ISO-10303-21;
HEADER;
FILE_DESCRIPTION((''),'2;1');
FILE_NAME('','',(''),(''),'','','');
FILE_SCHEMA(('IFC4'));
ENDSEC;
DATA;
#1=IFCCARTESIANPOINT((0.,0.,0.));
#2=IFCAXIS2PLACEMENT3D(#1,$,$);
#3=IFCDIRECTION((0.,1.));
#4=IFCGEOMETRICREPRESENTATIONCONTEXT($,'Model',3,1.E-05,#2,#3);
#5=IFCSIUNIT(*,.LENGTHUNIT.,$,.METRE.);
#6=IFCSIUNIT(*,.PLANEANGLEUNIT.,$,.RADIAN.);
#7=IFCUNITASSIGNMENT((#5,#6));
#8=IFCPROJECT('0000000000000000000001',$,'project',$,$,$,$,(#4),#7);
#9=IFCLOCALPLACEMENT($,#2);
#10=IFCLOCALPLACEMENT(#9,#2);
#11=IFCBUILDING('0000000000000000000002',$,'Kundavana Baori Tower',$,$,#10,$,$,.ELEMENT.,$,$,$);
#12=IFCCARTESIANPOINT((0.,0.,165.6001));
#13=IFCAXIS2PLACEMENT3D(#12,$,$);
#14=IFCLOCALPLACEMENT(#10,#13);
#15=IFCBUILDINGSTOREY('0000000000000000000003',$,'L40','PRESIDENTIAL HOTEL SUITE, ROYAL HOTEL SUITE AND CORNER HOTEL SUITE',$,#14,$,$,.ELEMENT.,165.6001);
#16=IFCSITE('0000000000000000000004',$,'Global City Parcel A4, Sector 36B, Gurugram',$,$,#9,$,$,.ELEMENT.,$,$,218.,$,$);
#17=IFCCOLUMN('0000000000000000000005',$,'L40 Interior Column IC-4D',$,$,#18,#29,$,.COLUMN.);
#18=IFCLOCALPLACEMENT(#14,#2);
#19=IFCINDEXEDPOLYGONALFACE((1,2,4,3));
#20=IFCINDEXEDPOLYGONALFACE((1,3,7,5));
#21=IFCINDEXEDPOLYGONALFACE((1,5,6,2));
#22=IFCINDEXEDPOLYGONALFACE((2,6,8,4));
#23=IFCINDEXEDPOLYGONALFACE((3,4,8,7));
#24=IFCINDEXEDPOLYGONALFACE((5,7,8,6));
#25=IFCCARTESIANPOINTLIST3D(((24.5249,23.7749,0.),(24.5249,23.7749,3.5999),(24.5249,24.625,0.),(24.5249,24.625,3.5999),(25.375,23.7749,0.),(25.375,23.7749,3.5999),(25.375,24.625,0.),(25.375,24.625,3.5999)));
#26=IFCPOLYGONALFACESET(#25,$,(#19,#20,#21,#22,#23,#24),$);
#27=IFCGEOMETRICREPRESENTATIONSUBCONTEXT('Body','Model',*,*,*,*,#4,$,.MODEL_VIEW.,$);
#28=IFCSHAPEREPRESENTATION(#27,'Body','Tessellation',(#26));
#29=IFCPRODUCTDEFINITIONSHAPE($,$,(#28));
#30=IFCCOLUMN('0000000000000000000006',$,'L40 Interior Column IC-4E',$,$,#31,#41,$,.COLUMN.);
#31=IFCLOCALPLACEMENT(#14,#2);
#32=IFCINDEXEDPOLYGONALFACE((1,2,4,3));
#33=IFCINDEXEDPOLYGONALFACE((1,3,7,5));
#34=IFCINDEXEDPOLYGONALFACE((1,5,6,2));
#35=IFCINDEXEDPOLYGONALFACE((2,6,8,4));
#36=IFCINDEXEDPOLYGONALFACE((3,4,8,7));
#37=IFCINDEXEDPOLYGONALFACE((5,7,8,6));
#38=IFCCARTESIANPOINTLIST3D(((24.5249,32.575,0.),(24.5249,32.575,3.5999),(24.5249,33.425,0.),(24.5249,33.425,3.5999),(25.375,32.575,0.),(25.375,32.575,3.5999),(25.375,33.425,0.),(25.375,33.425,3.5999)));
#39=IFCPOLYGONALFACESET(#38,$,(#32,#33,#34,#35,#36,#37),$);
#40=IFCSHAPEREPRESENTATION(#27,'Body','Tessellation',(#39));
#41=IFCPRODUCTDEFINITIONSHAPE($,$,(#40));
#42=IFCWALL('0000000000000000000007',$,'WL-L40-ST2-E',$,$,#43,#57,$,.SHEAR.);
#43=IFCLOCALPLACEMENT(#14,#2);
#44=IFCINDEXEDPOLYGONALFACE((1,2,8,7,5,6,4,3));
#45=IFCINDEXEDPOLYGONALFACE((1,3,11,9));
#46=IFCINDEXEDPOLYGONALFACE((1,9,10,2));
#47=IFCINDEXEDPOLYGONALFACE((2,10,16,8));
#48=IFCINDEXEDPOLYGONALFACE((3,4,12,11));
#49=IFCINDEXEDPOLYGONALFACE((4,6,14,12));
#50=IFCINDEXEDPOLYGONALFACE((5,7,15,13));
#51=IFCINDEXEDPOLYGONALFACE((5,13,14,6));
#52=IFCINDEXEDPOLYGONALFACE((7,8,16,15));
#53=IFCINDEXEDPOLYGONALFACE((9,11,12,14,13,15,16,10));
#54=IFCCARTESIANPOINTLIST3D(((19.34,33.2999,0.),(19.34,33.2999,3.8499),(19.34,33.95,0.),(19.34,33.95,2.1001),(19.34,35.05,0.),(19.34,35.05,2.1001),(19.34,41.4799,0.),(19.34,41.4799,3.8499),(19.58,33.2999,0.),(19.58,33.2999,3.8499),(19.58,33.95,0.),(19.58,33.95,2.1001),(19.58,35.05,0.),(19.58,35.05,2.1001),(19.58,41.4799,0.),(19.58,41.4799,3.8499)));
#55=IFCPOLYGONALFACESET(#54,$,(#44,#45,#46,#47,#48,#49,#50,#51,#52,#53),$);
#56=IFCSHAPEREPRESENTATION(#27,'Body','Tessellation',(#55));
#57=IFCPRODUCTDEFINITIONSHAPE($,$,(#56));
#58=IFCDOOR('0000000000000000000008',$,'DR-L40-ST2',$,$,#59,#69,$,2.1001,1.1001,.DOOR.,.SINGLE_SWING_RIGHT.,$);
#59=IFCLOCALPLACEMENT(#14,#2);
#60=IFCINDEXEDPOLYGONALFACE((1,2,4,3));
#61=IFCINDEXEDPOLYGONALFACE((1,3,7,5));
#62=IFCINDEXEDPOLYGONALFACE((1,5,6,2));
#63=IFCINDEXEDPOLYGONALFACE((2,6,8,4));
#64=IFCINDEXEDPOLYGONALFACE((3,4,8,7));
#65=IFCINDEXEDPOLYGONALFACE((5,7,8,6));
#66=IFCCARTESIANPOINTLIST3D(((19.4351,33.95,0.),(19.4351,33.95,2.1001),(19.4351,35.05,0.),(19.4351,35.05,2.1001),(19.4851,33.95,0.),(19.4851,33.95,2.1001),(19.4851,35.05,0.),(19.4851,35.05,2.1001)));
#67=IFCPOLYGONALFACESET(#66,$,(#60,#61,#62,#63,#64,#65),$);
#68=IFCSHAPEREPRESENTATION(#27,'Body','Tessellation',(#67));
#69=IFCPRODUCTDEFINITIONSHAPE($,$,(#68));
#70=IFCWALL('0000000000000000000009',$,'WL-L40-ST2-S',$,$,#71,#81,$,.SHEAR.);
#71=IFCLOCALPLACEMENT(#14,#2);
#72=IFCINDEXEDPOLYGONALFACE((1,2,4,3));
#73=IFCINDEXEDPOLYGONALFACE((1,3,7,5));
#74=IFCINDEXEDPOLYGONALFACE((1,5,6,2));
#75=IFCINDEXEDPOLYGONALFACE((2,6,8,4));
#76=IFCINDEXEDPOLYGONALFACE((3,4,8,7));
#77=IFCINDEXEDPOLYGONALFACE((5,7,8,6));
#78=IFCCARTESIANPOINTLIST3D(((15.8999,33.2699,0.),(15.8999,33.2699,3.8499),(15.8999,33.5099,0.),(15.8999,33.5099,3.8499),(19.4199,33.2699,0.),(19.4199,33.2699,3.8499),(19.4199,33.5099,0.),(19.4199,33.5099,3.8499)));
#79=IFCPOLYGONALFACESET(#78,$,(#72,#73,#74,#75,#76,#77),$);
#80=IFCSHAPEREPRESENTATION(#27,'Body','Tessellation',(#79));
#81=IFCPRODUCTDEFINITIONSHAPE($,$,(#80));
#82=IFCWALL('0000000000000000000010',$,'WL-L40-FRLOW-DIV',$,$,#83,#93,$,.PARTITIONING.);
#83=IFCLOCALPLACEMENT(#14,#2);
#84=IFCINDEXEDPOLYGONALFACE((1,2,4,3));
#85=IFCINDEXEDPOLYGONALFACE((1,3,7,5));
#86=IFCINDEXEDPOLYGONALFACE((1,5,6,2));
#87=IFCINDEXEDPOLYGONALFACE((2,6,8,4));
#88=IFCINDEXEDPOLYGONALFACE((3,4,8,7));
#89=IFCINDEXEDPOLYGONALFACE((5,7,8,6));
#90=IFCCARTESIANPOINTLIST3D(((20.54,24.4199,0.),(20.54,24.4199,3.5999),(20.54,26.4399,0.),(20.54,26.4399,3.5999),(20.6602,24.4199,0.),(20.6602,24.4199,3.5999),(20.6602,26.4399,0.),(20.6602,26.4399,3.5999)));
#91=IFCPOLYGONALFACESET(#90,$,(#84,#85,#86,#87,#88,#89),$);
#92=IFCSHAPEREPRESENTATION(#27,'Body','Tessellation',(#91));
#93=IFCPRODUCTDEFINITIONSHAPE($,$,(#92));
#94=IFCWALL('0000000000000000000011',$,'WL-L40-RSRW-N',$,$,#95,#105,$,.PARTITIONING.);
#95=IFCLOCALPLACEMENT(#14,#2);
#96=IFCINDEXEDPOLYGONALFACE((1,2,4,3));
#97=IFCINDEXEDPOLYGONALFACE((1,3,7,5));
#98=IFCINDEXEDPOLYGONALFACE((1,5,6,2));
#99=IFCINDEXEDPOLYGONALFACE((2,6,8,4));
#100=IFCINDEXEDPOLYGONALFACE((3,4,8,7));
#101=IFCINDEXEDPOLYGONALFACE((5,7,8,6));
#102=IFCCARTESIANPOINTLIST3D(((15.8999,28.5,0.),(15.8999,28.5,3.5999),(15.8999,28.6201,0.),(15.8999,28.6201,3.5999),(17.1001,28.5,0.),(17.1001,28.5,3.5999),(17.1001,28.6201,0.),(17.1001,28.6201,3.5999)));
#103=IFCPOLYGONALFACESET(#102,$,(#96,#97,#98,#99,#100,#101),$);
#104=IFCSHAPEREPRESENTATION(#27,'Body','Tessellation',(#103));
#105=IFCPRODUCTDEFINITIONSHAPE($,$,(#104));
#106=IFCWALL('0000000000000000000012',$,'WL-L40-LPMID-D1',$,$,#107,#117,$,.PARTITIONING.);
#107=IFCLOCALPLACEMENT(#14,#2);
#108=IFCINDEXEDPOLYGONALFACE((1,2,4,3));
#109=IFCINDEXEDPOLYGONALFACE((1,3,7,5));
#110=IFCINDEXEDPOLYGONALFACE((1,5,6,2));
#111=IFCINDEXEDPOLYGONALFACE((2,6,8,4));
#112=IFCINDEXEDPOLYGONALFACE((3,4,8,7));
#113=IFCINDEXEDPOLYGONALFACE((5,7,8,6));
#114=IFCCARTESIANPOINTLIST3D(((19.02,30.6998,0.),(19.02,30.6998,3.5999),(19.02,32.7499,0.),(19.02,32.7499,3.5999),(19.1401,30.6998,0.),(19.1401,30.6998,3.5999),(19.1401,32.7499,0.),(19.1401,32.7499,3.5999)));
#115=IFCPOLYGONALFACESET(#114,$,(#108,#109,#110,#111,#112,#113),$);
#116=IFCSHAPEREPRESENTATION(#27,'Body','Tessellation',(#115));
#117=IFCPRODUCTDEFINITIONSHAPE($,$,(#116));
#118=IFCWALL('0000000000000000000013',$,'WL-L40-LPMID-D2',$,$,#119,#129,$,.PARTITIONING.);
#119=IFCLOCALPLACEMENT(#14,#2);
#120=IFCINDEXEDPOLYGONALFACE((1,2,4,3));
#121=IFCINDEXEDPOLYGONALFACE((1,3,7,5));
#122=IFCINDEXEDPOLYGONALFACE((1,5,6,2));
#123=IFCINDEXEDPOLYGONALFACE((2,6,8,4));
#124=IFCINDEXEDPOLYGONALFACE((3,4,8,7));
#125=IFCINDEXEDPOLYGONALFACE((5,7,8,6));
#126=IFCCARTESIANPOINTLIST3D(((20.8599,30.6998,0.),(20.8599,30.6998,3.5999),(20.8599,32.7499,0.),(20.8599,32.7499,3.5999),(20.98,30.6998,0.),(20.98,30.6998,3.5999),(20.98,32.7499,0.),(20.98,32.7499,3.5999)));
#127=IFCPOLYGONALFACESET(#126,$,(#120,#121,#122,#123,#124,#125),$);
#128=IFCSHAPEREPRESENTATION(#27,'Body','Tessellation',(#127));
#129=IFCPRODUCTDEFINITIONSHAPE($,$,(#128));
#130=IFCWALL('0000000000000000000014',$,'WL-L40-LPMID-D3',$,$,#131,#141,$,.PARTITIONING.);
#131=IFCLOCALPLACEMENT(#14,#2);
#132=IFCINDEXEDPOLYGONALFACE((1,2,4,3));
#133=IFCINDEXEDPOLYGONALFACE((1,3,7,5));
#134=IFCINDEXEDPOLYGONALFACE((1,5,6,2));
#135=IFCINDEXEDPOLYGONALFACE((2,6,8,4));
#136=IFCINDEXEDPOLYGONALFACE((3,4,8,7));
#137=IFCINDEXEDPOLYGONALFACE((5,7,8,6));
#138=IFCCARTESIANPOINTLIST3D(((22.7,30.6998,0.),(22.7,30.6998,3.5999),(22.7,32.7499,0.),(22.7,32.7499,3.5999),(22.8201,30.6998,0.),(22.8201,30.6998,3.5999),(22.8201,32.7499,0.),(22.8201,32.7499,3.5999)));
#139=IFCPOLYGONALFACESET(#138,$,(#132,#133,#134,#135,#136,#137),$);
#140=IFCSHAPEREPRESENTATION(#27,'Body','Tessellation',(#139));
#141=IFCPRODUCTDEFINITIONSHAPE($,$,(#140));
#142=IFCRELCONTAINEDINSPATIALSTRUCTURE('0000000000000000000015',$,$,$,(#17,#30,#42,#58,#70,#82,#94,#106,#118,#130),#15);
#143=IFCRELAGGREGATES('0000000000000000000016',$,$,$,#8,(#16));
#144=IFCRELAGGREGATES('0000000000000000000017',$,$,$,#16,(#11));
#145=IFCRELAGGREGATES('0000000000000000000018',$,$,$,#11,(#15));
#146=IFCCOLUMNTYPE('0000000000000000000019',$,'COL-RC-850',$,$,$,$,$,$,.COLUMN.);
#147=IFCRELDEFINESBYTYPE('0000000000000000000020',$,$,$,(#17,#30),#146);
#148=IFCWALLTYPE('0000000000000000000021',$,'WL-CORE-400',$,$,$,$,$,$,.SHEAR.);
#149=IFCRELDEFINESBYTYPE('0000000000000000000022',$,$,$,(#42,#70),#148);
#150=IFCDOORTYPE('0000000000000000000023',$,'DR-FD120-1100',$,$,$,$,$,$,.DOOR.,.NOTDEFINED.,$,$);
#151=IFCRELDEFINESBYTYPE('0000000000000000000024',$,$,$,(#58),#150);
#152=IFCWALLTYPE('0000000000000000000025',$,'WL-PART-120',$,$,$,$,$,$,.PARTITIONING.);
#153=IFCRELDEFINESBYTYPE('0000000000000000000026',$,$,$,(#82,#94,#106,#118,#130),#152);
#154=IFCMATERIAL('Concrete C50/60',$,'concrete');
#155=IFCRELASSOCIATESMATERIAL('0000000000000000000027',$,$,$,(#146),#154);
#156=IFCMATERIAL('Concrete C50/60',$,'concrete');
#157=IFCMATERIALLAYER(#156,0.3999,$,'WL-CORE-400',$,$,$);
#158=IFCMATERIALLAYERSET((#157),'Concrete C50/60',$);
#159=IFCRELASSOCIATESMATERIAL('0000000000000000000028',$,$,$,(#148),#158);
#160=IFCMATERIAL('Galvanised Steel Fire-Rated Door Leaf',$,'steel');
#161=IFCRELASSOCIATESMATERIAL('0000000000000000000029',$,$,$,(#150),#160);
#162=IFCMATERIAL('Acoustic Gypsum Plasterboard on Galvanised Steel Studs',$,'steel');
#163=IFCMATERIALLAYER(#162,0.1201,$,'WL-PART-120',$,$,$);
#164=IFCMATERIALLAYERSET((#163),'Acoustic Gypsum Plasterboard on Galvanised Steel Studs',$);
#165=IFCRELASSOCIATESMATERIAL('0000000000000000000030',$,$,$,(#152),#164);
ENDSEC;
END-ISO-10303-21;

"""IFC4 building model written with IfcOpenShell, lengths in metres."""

from ifc_helpers import new_model, si_unit, direction, frame, frame_2d, origin, origin_2d, place, context, subcontext, project, spatial, rectangle, extrude, material, layer, layer_set, material_profile, profile_set, type_object, element, fill, save


model = new_model("IFC4")

# Units and contexts
model_context = context("Model", 3, precision=1e-05, world=origin(), true_north=direction((0.0, 1.0)))
body_context = subcontext(model_context, "Body", "Model", "MODEL_VIEW")
ifc_project = project(units=[si_unit("LENGTHUNIT", "METRE"), si_unit("PLANEANGLEUNIT", "RADIAN")], contexts=[model_context])

# Site, building, storey
site_placement = place(None, origin())
site = spatial("IfcSite", under=ifc_project, at=site_placement, Name="Global City Parcel A4, Sector 36B, Gurugram", CompositionType="ELEMENT", RefElevation=218.0)
building_placement = place(site_placement, origin())
building = spatial("IfcBuilding", under=site, at=building_placement, Name="Kundavana Baori Tower", CompositionType="ELEMENT")
storey_placement = place(building_placement, frame((0.0, 0.0, 165.6001)))
storey = spatial("IfcBuildingStorey", under=building, at=storey_placement, Name="L40", Description="PRESIDENTIAL HOTEL SUITE, ROYAL HOTEL SUITE AND CORNER HOTEL SUITE", CompositionType="ELEMENT", Elevation=165.6001)

# Columns
ifc_material_1 = material(Name="Concrete C50/60", Category="concrete")
ifc_material_profile = material_profile(ifc_material_1, rectangle(XDim=0.8501, YDim=0.8501, at=origin_2d()), Name="RC 850x850")
ifc_profile_set = profile_set([ifc_material_profile], Name="Concrete C50/60")
column_type = type_object("IfcColumnType", Name="COL-RC-850", PredefinedType="COLUMN", material=ifc_profile_set)
for number, where, z_axis, x_axis, name in (
    (1, (24.95, 24.2, 0.0), (0.0, 0.0, 1.0), (1.0, 0.0, 0.0), "L40 Interior Column IC-4D"),
    (2, (24.95, 33.0, 0.0), (0.0, 0.0, 1.0), (1.0, 0.0, 0.0), "L40 Interior Column IC-4E"),
):
    element("IfcColumn", number, at=place(storey_placement, frame(where, z_axis=z_axis, x_axis=x_axis)), inside=storey, type_object=column_type, Name=name, PredefinedType="COLUMN", context=body_context, shape_type="SweptSolid", body=[
        extrude(rectangle(XDim=0.8501, YDim=0.8501, at=origin_2d()), origin(), (0.0, 0.0, 1.0), 3.5999),
    ])

# Wall, opening, door
ifc_material_2 = material(Name="Concrete C50/60", Category="concrete")
ifc_layer_1 = layer(ifc_material_2, 0.3999, Name="WL-CORE-400")
ifc_layer_set_1 = layer_set([ifc_layer_1], Name="Concrete C50/60")
wall_type_1 = type_object("IfcWallType", Name="WL-CORE-400", PredefinedType="SHEAR", material=ifc_layer_set_1)
wall_1_placement = place(storey_placement, frame((19.46, 33.3, 0.0), z_axis=(0.0, 0.0, 1.0), x_axis=(0.0, 1.0, 0.0)))
wall_1 = element("IfcWall", 3, at=wall_1_placement, inside=storey, type_object=wall_type_1, Name="WL-L40-ST2-E", PredefinedType="SHEAR", context=body_context, shape_type="SweptSolid", body=[
    extrude(rectangle(XDim=8.1799, YDim=0.24, at=frame_2d((4.0898, 0.0))), origin(), (0.0, 0.0, 1.0), 3.8499),
])
opening_1_placement = place(wall_1_placement, frame((0.6499, 0.0, 0.0)))
opening_1 = element("IfcOpeningElement", 4, at=opening_1_placement, cuts=wall_1, PredefinedType="OPENING", context=body_context, shape_type="SweptSolid", body=[
    extrude(rectangle(XDim=1.1001, YDim=2.1001, at=frame_2d((0.55, 1.05))), frame((0.0, 0.1299, 0.0), z_axis=(0.0, -1.0, 0.0), x_axis=(1.0, 0.0, 0.0)), (0.0, 0.0, 1.0), 0.26),
])
ifc_material_3 = material(Name="Galvanised Steel Fire-Rated Door Leaf", Category="steel")
door_type_1 = type_object("IfcDoorType", Name="DR-FD120-1100", OperationType="NOTDEFINED", PredefinedType="DOOR", material=ifc_material_3)
door_1_placement = place(opening_1_placement, origin())
door_1 = element("IfcDoor", 5, at=door_1_placement, inside=storey, type_object=door_type_1, Name="DR-L40-ST2", OperationType="SINGLE_SWING_RIGHT", OverallHeight=2.1001, OverallWidth=1.1001, PredefinedType="DOOR", context=body_context, shape_type="SweptSolid", body=[
    extrude(rectangle(XDim=1.1001, YDim=2.1001, at=frame_2d((0.55, 1.05))), frame((0.0, 0.0249, 0.0), z_axis=(0.0, -1.0, 0.0), x_axis=(1.0, 0.0, 0.0)), (0.0, 0.0, 1.0), 0.05),
])
fill(opening_1, door_1)

# Walls
wall_2_placement = place(storey_placement, frame((15.8999, 33.3899, 0.0), z_axis=(0.0, 0.0, 1.0), x_axis=(1.0, 0.0, 0.0)))
element("IfcWall", 6, at=wall_2_placement, inside=storey, type_object=wall_type_1, Name="WL-L40-ST2-S", PredefinedType="SHEAR", context=body_context, shape_type="SweptSolid", body=[
    extrude(rectangle(XDim=3.52, YDim=0.24, at=frame_2d((1.76, 0.0))), origin(), (0.0, 0.0, 1.0), 3.8499),
])
ifc_material_4 = material(Name="Acoustic Gypsum Plasterboard on Galvanised Steel Studs", Category="steel")
ifc_layer_2 = layer(ifc_material_4, 0.1201, Name="WL-PART-120")
ifc_layer_set_2 = layer_set([ifc_layer_2], Name="Acoustic Gypsum Plasterboard on Galvanised Steel Studs")
wall_type_2 = type_object("IfcWallType", Name="WL-PART-120", PredefinedType="PARTITIONING", material=ifc_layer_set_2)
wall_3_placement = place(storey_placement, frame((20.6001, 24.4199, 0.0), z_axis=(0.0, 0.0, 1.0), x_axis=(0.0, 1.0, 0.0)))
element("IfcWall", 7, at=wall_3_placement, inside=storey, type_object=wall_type_2, Name="WL-L40-FRLOW-DIV", PredefinedType="PARTITIONING", context=body_context, shape_type="SweptSolid", body=[
    extrude(rectangle(XDim=2.02, YDim=0.1201, at=frame_2d((1.01, 0.0))), origin(), (0.0, 0.0, 1.0), 3.5999),
])
wall_4_placement = place(storey_placement, frame((15.8999, 28.5601, 0.0), z_axis=(0.0, 0.0, 1.0), x_axis=(1.0, 0.0, 0.0)))
element("IfcWall", 8, at=wall_4_placement, inside=storey, type_object=wall_type_2, Name="WL-L40-RSRW-N", PredefinedType="PARTITIONING", context=body_context, shape_type="SweptSolid", body=[
    extrude(rectangle(XDim=1.2002, YDim=0.1201, at=frame_2d((0.6001, 0.0))), origin(), (0.0, 0.0, 1.0), 3.5999),
])
for number, where, z_axis, x_axis, name in (
    (9, (19.0801, 30.7, 0.0), (0.0, 0.0, 1.0), (0.0, 1.0, 0.0), "WL-L40-LPMID-D1"),
    (10, (20.9199, 30.7, 0.0), (0.0, 0.0, 1.0), (0.0, 1.0, 0.0), "WL-L40-LPMID-D2"),
    (11, (22.76, 30.7, 0.0), (0.0, 0.0, 1.0), (0.0, 1.0, 0.0), "WL-L40-LPMID-D3"),
):
    element("IfcWall", number, at=place(storey_placement, frame(where, z_axis=z_axis, x_axis=x_axis)), inside=storey, type_object=wall_type_2, Name=name, PredefinedType="PARTITIONING", context=body_context, shape_type="SweptSolid", body=[
        extrude(rectangle(XDim=2.05, YDim=0.1201, at=frame_2d((1.0249, 0.0))), origin(), (0.0, 0.0, 1.0), 3.5999),
    ])

save(model, "model.ifc")
